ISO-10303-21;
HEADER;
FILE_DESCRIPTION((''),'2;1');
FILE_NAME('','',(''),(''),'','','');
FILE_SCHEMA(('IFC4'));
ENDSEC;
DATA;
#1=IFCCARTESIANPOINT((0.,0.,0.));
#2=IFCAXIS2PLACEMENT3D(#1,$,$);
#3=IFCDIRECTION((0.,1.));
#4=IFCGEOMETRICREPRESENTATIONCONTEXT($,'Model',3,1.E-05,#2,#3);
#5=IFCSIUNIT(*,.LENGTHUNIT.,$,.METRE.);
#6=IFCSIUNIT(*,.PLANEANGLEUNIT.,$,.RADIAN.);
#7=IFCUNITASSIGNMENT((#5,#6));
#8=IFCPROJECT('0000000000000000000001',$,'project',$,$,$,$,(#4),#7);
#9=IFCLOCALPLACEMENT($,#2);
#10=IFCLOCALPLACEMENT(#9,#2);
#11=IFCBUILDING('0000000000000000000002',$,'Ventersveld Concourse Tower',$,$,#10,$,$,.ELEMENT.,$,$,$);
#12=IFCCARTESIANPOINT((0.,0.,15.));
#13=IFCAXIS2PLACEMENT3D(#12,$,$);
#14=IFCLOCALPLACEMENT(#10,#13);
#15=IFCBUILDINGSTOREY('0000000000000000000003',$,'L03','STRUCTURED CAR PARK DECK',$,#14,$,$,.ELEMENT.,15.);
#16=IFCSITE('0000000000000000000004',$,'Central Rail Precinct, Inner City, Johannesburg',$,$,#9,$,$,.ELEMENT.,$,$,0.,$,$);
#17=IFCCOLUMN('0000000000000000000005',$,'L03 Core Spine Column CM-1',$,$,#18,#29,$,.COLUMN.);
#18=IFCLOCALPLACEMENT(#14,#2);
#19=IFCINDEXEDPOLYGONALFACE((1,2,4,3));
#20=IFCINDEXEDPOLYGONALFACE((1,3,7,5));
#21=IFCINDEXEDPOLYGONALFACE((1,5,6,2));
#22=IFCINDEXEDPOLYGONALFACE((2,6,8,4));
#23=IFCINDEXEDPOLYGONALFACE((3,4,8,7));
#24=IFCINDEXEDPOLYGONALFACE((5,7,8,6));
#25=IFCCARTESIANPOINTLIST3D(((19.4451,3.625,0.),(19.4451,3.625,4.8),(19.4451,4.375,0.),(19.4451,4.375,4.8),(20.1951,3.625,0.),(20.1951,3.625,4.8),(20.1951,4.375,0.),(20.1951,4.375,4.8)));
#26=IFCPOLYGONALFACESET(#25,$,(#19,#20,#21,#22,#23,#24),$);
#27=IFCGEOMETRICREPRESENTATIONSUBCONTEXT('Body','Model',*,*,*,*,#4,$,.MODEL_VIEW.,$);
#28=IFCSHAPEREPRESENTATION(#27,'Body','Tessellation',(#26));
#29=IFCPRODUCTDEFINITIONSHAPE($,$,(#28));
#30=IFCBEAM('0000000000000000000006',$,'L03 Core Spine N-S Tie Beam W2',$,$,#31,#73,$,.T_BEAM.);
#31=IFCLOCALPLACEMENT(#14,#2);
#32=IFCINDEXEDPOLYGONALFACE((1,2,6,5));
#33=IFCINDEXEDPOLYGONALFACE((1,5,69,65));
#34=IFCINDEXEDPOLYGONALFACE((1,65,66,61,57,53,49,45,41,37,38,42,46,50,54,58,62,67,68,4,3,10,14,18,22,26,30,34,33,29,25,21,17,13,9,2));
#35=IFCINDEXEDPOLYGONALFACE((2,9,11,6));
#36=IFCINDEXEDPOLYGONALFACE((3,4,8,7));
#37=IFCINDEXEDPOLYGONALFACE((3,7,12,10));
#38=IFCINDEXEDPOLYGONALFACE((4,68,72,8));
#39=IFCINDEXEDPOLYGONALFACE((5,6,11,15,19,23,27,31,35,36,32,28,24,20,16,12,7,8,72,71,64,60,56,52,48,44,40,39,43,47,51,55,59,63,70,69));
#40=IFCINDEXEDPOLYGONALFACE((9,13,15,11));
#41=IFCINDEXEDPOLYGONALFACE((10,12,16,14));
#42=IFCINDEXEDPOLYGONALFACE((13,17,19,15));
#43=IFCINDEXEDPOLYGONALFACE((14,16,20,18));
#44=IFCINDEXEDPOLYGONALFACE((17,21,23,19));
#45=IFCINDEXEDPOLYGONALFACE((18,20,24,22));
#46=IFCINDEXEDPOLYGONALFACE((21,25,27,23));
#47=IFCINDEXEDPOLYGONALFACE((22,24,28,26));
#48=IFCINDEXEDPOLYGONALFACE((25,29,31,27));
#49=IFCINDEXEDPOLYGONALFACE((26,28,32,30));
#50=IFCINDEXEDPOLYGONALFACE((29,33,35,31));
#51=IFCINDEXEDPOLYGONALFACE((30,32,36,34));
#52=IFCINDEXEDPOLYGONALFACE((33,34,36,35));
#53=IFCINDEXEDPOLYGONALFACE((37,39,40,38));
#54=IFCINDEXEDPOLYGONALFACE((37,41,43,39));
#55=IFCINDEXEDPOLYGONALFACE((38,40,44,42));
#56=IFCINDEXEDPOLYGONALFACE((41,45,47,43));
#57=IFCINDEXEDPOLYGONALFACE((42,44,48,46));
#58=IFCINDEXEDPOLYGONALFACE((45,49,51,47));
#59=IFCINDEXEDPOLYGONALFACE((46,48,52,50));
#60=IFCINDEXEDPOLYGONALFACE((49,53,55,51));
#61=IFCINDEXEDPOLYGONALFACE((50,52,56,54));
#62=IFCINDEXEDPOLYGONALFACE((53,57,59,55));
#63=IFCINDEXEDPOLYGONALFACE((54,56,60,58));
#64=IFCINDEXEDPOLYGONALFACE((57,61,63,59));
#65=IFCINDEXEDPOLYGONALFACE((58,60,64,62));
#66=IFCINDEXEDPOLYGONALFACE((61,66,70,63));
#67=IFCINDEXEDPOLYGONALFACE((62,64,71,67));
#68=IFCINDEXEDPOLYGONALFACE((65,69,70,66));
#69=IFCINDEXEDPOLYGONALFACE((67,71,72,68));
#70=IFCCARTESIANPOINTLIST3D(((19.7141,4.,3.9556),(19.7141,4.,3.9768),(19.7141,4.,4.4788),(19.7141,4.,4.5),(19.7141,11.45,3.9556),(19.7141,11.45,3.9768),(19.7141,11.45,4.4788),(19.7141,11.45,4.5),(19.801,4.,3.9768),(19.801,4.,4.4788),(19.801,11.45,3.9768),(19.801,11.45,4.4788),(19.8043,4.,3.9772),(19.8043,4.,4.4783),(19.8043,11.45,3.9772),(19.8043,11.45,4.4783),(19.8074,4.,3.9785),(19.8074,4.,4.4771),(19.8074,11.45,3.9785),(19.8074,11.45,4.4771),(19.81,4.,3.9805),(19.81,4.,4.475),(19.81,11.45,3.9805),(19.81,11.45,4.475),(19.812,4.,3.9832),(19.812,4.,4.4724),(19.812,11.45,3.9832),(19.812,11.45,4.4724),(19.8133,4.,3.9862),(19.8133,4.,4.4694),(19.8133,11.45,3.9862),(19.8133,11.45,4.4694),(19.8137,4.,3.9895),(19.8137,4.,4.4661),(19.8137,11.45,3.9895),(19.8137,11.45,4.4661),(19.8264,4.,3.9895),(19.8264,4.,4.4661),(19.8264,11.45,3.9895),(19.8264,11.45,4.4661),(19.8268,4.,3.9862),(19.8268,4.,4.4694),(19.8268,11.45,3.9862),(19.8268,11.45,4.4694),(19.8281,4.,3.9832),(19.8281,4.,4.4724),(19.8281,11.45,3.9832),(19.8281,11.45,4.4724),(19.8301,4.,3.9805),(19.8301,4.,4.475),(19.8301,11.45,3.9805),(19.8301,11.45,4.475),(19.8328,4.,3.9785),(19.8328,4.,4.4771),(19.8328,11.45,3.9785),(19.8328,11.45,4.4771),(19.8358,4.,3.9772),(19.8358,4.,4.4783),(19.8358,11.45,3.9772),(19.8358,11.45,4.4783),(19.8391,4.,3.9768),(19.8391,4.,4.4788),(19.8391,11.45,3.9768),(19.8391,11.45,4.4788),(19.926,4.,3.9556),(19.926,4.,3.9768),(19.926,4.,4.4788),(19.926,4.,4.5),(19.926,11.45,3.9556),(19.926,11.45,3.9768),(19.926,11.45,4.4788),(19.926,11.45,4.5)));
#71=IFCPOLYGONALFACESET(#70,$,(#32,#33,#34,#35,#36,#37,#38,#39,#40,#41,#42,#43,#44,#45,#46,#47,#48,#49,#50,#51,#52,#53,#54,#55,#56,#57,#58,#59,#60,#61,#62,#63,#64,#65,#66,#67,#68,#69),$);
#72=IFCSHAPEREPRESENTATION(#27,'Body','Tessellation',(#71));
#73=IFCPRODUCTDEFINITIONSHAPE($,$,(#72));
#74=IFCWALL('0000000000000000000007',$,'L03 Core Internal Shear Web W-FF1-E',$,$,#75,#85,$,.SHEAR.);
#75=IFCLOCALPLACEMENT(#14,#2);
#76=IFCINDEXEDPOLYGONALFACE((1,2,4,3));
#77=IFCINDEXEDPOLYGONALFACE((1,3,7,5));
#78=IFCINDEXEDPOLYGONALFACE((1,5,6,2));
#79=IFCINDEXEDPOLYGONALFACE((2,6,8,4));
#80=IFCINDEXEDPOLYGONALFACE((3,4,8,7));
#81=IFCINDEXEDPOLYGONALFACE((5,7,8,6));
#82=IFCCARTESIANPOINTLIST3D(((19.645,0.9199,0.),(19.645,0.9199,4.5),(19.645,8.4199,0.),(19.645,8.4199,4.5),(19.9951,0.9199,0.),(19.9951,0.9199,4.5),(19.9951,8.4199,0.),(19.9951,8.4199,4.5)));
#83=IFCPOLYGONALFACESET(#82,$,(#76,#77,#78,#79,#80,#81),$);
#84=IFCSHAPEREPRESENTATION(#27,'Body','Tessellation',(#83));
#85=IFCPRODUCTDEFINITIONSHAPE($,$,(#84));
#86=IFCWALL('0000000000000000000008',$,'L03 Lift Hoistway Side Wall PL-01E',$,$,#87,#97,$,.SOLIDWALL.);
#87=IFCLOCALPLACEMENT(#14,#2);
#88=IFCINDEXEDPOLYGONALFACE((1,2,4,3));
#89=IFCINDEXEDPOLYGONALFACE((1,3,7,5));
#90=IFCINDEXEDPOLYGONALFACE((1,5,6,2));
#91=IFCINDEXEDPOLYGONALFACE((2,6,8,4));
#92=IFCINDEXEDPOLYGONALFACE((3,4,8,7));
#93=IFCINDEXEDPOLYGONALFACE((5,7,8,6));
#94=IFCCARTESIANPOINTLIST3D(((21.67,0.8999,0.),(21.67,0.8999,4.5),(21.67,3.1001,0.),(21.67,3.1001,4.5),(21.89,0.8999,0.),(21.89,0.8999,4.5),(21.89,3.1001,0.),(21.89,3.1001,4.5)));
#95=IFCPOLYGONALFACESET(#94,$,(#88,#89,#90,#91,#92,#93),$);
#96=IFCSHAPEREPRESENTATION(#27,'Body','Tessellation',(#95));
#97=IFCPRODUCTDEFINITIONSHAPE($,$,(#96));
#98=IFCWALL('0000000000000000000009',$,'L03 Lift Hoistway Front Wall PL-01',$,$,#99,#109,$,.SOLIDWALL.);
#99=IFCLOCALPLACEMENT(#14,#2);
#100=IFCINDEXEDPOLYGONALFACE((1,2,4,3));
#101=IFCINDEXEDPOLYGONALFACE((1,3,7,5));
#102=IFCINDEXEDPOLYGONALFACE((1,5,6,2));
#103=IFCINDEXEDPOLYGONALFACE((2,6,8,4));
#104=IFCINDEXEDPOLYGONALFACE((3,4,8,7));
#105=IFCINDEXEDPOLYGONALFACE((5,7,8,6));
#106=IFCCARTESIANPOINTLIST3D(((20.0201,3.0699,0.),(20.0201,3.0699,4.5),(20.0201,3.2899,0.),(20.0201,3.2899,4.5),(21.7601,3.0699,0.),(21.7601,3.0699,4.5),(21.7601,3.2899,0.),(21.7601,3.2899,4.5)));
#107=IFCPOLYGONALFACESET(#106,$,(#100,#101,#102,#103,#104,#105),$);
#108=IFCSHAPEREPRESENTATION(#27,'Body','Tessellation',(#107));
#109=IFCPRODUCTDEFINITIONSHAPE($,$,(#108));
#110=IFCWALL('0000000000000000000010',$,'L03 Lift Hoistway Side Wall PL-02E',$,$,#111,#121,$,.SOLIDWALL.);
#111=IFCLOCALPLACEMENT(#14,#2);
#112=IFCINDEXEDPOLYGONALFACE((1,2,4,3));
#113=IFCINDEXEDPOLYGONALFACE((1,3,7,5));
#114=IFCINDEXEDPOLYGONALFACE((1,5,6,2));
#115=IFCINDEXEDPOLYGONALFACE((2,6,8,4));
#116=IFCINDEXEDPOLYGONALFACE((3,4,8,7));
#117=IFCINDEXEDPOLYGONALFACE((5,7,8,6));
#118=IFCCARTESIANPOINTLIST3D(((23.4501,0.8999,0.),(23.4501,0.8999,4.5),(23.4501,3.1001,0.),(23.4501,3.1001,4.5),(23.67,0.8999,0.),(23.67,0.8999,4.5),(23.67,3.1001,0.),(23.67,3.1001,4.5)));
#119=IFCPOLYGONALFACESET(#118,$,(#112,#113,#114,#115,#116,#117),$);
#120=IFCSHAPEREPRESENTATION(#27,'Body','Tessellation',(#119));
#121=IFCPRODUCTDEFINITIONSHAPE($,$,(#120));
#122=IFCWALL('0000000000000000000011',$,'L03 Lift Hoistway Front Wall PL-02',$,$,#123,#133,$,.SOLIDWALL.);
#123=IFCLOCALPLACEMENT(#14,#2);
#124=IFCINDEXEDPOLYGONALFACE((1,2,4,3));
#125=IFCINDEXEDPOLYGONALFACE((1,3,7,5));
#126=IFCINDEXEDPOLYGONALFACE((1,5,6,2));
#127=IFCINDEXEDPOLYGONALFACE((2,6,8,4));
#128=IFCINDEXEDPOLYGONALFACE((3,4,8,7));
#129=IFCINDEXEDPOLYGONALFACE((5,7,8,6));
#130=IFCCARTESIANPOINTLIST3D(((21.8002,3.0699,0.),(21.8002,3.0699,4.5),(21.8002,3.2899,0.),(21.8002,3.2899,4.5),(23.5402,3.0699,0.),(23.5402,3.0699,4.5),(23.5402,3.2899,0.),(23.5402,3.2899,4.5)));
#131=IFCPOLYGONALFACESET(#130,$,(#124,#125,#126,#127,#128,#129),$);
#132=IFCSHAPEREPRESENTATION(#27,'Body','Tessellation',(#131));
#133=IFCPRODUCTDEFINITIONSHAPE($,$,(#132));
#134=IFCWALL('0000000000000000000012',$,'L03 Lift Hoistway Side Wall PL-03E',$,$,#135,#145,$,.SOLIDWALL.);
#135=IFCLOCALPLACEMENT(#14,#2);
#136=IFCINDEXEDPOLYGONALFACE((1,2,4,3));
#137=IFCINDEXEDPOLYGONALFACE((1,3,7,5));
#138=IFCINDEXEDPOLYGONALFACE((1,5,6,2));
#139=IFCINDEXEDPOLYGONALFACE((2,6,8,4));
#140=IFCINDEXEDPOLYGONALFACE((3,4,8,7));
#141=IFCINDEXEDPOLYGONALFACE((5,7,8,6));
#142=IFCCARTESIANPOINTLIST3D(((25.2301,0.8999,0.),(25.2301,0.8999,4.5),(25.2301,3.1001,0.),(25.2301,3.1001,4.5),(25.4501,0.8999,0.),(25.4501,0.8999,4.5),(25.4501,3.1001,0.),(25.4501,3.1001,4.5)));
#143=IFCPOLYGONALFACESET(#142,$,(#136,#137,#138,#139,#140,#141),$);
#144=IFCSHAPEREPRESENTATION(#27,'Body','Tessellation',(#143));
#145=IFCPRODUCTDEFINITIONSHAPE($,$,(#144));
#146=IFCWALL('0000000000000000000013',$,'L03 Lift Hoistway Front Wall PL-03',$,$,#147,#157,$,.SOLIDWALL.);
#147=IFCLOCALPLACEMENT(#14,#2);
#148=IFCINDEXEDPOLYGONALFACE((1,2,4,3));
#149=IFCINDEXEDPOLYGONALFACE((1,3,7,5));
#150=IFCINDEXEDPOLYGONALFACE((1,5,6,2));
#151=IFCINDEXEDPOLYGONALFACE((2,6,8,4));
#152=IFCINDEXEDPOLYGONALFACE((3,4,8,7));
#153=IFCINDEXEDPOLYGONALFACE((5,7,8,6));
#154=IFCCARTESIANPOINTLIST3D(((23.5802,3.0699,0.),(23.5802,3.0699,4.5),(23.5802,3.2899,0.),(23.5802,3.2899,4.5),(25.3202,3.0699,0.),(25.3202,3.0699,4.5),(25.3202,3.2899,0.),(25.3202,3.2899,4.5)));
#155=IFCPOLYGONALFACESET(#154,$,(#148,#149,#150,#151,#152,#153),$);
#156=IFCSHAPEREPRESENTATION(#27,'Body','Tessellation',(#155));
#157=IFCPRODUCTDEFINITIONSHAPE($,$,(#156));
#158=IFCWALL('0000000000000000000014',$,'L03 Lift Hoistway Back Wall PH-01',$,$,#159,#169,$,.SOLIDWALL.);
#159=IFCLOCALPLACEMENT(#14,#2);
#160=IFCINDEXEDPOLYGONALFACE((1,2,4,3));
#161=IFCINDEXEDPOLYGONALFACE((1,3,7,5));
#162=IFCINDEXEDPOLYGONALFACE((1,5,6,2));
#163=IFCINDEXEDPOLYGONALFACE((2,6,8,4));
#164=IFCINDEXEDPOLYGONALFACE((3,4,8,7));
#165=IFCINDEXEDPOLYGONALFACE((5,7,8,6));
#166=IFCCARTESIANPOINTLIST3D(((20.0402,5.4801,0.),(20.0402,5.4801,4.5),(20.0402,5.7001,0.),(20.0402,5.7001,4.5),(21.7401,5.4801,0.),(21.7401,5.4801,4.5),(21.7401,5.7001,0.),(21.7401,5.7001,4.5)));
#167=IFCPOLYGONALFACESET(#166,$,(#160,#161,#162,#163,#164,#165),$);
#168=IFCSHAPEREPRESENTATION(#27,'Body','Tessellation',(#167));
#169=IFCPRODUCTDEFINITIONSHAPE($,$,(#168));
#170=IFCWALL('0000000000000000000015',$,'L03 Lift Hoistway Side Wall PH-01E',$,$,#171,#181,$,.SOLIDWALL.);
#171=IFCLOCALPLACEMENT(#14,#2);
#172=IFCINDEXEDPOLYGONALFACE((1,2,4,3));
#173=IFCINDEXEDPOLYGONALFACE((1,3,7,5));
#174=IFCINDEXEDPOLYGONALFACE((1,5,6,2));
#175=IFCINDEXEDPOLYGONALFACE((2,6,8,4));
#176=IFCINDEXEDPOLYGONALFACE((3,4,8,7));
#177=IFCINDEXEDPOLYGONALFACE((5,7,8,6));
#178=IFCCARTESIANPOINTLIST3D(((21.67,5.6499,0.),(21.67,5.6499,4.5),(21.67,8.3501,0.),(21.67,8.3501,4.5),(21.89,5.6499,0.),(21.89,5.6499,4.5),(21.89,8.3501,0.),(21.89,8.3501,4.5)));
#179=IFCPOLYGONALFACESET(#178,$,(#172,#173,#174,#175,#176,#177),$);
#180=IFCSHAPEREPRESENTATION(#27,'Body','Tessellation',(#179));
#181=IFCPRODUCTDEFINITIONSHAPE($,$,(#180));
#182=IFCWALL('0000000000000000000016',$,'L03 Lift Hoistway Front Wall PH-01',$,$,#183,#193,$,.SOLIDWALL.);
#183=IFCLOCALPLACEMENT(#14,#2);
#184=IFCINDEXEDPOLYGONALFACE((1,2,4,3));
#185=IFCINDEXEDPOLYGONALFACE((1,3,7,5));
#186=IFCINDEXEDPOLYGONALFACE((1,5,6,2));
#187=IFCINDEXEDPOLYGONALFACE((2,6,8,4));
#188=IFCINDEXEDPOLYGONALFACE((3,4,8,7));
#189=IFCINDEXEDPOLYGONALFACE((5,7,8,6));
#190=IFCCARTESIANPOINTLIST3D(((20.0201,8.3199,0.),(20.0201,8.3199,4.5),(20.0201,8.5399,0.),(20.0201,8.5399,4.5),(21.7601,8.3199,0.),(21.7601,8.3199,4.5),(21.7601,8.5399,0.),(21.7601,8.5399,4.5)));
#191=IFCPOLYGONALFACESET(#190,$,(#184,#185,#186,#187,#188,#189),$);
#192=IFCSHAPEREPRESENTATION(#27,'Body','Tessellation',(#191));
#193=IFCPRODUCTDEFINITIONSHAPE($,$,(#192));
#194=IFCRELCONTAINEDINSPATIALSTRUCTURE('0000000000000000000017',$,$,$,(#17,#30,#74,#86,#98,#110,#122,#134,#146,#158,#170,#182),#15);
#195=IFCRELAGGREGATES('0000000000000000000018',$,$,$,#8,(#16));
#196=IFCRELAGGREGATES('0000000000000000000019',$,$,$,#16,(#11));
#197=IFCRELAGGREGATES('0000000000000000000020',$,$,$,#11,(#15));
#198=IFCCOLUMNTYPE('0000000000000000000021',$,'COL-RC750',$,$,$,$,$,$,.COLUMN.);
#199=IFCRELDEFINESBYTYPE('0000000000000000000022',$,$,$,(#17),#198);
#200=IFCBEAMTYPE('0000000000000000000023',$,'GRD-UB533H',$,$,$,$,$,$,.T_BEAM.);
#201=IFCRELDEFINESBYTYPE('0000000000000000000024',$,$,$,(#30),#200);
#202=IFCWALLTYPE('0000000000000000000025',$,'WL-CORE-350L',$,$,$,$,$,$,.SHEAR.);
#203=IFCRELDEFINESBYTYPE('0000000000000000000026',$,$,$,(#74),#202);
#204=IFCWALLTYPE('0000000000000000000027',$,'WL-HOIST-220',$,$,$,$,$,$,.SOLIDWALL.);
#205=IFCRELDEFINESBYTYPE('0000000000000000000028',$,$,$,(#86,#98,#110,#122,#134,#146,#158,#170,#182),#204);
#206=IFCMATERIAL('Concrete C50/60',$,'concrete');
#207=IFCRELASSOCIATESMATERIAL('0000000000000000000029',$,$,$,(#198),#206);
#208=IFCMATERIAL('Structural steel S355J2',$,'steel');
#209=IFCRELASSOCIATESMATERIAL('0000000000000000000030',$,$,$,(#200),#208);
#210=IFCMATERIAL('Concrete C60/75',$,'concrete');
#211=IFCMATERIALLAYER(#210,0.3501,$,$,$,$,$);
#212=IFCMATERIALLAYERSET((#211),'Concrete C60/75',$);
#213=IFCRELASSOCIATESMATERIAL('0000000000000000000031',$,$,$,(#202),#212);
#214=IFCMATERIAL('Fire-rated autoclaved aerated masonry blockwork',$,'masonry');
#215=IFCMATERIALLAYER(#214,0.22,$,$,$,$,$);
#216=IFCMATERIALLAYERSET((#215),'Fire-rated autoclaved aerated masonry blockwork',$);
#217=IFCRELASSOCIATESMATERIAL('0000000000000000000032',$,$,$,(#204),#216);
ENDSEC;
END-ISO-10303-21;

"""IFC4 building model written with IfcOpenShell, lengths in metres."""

from ifc_helpers import new_model, si_unit, direction, frame, frame_2d, origin, origin_2d, place, context, subcontext, project, spatial, rectangle, i_section, extrude, material, layer, layer_set, material_profile, profile_set, type_object, element, save


model = new_model("IFC4")

# Units and contexts
model_context = context("Model", 3, precision=1e-05, world=origin(), true_north=direction((0.0, 1.0)))
body_context = subcontext(model_context, "Body", "Model", "MODEL_VIEW")
ifc_project = project(units=[si_unit("LENGTHUNIT", "METRE"), si_unit("PLANEANGLEUNIT", "RADIAN")], contexts=[model_context])

# Site, building, storey
site_placement = place(None, origin())
site = spatial("IfcSite", under=ifc_project, at=site_placement, Name="Central Rail Precinct, Inner City, Johannesburg", CompositionType="ELEMENT", RefElevation=0.0)
building_placement = place(site_placement, origin())
building = spatial("IfcBuilding", under=site, at=building_placement, Name="Ventersveld Concourse Tower", CompositionType="ELEMENT")
storey_placement = place(building_placement, frame((0.0, 0.0, 15.0)))
storey = spatial("IfcBuildingStorey", under=building, at=storey_placement, Name="L03", Description="STRUCTURED CAR PARK DECK", CompositionType="ELEMENT", Elevation=15.0)

# Column
ifc_material_1 = material(Name="Concrete C50/60", Category="concrete")
ifc_material_profile_1 = material_profile(ifc_material_1, rectangle(XDim=0.75, YDim=0.75, at=origin_2d()), Name="RC 750x750")
ifc_profile_set_1 = profile_set([ifc_material_profile_1], Name="Concrete C50/60")
column_type = type_object("IfcColumnType", Name="COL-RC750", PredefinedType="COLUMN", material=ifc_profile_set_1)
column_placement = place(storey_placement, frame((19.8201, 4.0, 0.0), z_axis=(0.0, 0.0, 1.0), x_axis=(1.0, 0.0, 0.0)))
element("IfcColumn", 1, at=column_placement, inside=storey, type_object=column_type, Name="L03 Core Spine Column CM-1", PredefinedType="COLUMN", context=body_context, shape_type="SweptSolid", body=[
    extrude(rectangle(XDim=0.75, YDim=0.75, at=origin_2d()), origin(), (0.0, 0.0, 1.0), 4.8),
])

# Beam
ifc_material_2 = material(Name="Structural steel S355J2", Category="steel")
ifc_material_profile_2 = material_profile(ifc_material_2, i_section(OverallWidth=0.2119, OverallDepth=0.5444, WebThickness=0.0127, FlangeThickness=0.0212, FilletRadius=0.0127, at=origin_2d()), Name="UB 533x210x122")
ifc_profile_set_2 = profile_set([ifc_material_profile_2], Name="Structural steel S355J2")
beam_type = type_object("IfcBeamType", Name="GRD-UB533H", PredefinedType="T_BEAM", material=ifc_profile_set_2)
beam_placement = place(storey_placement, frame((19.8201, 4.0, 4.2278), z_axis=(0.0, 1.0, 0.0), x_axis=(-1.0, 0.0, 0.0)))
element("IfcBeam", 2, at=beam_placement, inside=storey, type_object=beam_type, Name="L03 Core Spine N-S Tie Beam W2", PredefinedType="T_BEAM", context=body_context, shape_type="SweptSolid", body=[
    extrude(i_section(OverallWidth=0.2119, OverallDepth=0.5444, WebThickness=0.0127, FlangeThickness=0.0212, FilletRadius=0.0127, at=origin_2d()), origin(), (0.0, 0.0, 1.0), 7.45),
])

# Walls
ifc_material_3 = material(Name="Concrete C60/75", Category="concrete")
ifc_layer_1 = layer(ifc_material_3, 0.3501)
ifc_layer_set_1 = layer_set([ifc_layer_1], Name="Concrete C60/75")
wall_type_1 = type_object("IfcWallType", Name="WL-CORE-350L", PredefinedType="SHEAR", material=ifc_layer_set_1)
wall_1_placement = place(storey_placement, frame((19.8201, 0.9199, 0.0), z_axis=(0.0, 0.0, 1.0), x_axis=(0.0, 1.0, 0.0)))
element("IfcWall", 3, at=wall_1_placement, inside=storey, type_object=wall_type_1, Name="L03 Core Internal Shear Web W-FF1-E", PredefinedType="SHEAR", context=body_context, shape_type="SweptSolid", body=[
    extrude(rectangle(XDim=7.5, YDim=0.3501, at=frame_2d((3.75, 0.0))), origin(), (0.0, 0.0, 1.0), 4.5),
])
ifc_material_4 = material(Name="Fire-rated autoclaved aerated masonry blockwork", Category="masonry")
ifc_layer_2 = layer(ifc_material_4, 0.22)
ifc_layer_set_2 = layer_set([ifc_layer_2], Name="Fire-rated autoclaved aerated masonry blockwork")
wall_type_2 = type_object("IfcWallType", Name="WL-HOIST-220", PredefinedType="SOLIDWALL", material=ifc_layer_set_2)
wall_2_placement = place(storey_placement, frame((21.78, 0.8999, 0.0), z_axis=(0.0, 0.0, 1.0), x_axis=(0.0, 1.0, 0.0)))
element("IfcWall", 4, at=wall_2_placement, inside=storey, type_object=wall_type_2, Name="L03 Lift Hoistway Side Wall PL-01E", PredefinedType="SOLIDWALL", context=body_context, shape_type="SweptSolid", body=[
    extrude(rectangle(XDim=2.2002, YDim=0.22, at=frame_2d((1.1001, 0.0))), origin(), (0.0, 0.0, 1.0), 4.5),
])
wall_3_placement = place(storey_placement, frame((20.02, 3.1799, 0.0), z_axis=(0.0, 0.0, 1.0), x_axis=(1.0, 0.0, 0.0)))
element("IfcWall", 5, at=wall_3_placement, inside=storey, type_object=wall_type_2, Name="L03 Lift Hoistway Front Wall PL-01", PredefinedType="SOLIDWALL", context=body_context, shape_type="SweptSolid", body=[
    extrude(rectangle(XDim=1.74, YDim=0.22, at=frame_2d((0.8701, 0.0))), origin(), (0.0, 0.0, 1.0), 4.5),
])
wall_4_placement = place(storey_placement, frame((23.5601, 0.8999, 0.0), z_axis=(0.0, 0.0, 1.0), x_axis=(0.0, 1.0, 0.0)))
element("IfcWall", 6, at=wall_4_placement, inside=storey, type_object=wall_type_2, Name="L03 Lift Hoistway Side Wall PL-02E", PredefinedType="SOLIDWALL", context=body_context, shape_type="SweptSolid", body=[
    extrude(rectangle(XDim=2.2002, YDim=0.22, at=frame_2d((1.1001, 0.0))), origin(), (0.0, 0.0, 1.0), 4.5),
])
wall_5_placement = place(storey_placement, frame((21.8, 3.1799, 0.0), z_axis=(0.0, 0.0, 1.0), x_axis=(1.0, 0.0, 0.0)))
element("IfcWall", 7, at=wall_5_placement, inside=storey, type_object=wall_type_2, Name="L03 Lift Hoistway Front Wall PL-02", PredefinedType="SOLIDWALL", context=body_context, shape_type="SweptSolid", body=[
    extrude(rectangle(XDim=1.74, YDim=0.22, at=frame_2d((0.8701, 0.0))), origin(), (0.0, 0.0, 1.0), 4.5),
])
wall_6_placement = place(storey_placement, frame((25.3401, 0.8999, 0.0), z_axis=(0.0, 0.0, 1.0), x_axis=(0.0, 1.0, 0.0)))
element("IfcWall", 8, at=wall_6_placement, inside=storey, type_object=wall_type_2, Name="L03 Lift Hoistway Side Wall PL-03E", PredefinedType="SOLIDWALL", context=body_context, shape_type="SweptSolid", body=[
    extrude(rectangle(XDim=2.2002, YDim=0.22, at=frame_2d((1.1001, 0.0))), origin(), (0.0, 0.0, 1.0), 4.5),
])
wall_7_placement = place(storey_placement, frame((23.5801, 3.1799, 0.0), z_axis=(0.0, 0.0, 1.0), x_axis=(1.0, 0.0, 0.0)))
element("IfcWall", 9, at=wall_7_placement, inside=storey, type_object=wall_type_2, Name="L03 Lift Hoistway Front Wall PL-03", PredefinedType="SOLIDWALL", context=body_context, shape_type="SweptSolid", body=[
    extrude(rectangle(XDim=1.74, YDim=0.22, at=frame_2d((0.8701, 0.0))), origin(), (0.0, 0.0, 1.0), 4.5),
])
wall_8_placement = place(storey_placement, frame((20.04, 5.5901, 0.0), z_axis=(0.0, 0.0, 1.0), x_axis=(1.0, 0.0, 0.0)))
element("IfcWall", 10, at=wall_8_placement, inside=storey, type_object=wall_type_2, Name="L03 Lift Hoistway Back Wall PH-01", PredefinedType="SOLIDWALL", context=body_context, shape_type="SweptSolid", body=[
    extrude(rectangle(XDim=1.7, YDim=0.22, at=frame_2d((0.8501, 0.0))), origin(), (0.0, 0.0, 1.0), 4.5),
])
wall_9_placement = place(storey_placement, frame((21.78, 5.6499, 0.0), z_axis=(0.0, 0.0, 1.0), x_axis=(0.0, 1.0, 0.0)))
element("IfcWall", 11, at=wall_9_placement, inside=storey, type_object=wall_type_2, Name="L03 Lift Hoistway Side Wall PH-01E", PredefinedType="SOLIDWALL", context=body_context, shape_type="SweptSolid", body=[
    extrude(rectangle(XDim=2.7002, YDim=0.22, at=frame_2d((1.3501, 0.0))), origin(), (0.0, 0.0, 1.0), 4.5),
])
wall_10_placement = place(storey_placement, frame((20.02, 8.4299, 0.0), z_axis=(0.0, 0.0, 1.0), x_axis=(1.0, 0.0, 0.0)))
element("IfcWall", 12, at=wall_10_placement, inside=storey, type_object=wall_type_2, Name="L03 Lift Hoistway Front Wall PH-01", PredefinedType="SOLIDWALL", context=body_context, shape_type="SweptSolid", body=[
    extrude(rectangle(XDim=1.74, YDim=0.22, at=frame_2d((0.8701, 0.0))), origin(), (0.0, 0.0, 1.0), 4.5),
])

save(model, "model.ifc")
